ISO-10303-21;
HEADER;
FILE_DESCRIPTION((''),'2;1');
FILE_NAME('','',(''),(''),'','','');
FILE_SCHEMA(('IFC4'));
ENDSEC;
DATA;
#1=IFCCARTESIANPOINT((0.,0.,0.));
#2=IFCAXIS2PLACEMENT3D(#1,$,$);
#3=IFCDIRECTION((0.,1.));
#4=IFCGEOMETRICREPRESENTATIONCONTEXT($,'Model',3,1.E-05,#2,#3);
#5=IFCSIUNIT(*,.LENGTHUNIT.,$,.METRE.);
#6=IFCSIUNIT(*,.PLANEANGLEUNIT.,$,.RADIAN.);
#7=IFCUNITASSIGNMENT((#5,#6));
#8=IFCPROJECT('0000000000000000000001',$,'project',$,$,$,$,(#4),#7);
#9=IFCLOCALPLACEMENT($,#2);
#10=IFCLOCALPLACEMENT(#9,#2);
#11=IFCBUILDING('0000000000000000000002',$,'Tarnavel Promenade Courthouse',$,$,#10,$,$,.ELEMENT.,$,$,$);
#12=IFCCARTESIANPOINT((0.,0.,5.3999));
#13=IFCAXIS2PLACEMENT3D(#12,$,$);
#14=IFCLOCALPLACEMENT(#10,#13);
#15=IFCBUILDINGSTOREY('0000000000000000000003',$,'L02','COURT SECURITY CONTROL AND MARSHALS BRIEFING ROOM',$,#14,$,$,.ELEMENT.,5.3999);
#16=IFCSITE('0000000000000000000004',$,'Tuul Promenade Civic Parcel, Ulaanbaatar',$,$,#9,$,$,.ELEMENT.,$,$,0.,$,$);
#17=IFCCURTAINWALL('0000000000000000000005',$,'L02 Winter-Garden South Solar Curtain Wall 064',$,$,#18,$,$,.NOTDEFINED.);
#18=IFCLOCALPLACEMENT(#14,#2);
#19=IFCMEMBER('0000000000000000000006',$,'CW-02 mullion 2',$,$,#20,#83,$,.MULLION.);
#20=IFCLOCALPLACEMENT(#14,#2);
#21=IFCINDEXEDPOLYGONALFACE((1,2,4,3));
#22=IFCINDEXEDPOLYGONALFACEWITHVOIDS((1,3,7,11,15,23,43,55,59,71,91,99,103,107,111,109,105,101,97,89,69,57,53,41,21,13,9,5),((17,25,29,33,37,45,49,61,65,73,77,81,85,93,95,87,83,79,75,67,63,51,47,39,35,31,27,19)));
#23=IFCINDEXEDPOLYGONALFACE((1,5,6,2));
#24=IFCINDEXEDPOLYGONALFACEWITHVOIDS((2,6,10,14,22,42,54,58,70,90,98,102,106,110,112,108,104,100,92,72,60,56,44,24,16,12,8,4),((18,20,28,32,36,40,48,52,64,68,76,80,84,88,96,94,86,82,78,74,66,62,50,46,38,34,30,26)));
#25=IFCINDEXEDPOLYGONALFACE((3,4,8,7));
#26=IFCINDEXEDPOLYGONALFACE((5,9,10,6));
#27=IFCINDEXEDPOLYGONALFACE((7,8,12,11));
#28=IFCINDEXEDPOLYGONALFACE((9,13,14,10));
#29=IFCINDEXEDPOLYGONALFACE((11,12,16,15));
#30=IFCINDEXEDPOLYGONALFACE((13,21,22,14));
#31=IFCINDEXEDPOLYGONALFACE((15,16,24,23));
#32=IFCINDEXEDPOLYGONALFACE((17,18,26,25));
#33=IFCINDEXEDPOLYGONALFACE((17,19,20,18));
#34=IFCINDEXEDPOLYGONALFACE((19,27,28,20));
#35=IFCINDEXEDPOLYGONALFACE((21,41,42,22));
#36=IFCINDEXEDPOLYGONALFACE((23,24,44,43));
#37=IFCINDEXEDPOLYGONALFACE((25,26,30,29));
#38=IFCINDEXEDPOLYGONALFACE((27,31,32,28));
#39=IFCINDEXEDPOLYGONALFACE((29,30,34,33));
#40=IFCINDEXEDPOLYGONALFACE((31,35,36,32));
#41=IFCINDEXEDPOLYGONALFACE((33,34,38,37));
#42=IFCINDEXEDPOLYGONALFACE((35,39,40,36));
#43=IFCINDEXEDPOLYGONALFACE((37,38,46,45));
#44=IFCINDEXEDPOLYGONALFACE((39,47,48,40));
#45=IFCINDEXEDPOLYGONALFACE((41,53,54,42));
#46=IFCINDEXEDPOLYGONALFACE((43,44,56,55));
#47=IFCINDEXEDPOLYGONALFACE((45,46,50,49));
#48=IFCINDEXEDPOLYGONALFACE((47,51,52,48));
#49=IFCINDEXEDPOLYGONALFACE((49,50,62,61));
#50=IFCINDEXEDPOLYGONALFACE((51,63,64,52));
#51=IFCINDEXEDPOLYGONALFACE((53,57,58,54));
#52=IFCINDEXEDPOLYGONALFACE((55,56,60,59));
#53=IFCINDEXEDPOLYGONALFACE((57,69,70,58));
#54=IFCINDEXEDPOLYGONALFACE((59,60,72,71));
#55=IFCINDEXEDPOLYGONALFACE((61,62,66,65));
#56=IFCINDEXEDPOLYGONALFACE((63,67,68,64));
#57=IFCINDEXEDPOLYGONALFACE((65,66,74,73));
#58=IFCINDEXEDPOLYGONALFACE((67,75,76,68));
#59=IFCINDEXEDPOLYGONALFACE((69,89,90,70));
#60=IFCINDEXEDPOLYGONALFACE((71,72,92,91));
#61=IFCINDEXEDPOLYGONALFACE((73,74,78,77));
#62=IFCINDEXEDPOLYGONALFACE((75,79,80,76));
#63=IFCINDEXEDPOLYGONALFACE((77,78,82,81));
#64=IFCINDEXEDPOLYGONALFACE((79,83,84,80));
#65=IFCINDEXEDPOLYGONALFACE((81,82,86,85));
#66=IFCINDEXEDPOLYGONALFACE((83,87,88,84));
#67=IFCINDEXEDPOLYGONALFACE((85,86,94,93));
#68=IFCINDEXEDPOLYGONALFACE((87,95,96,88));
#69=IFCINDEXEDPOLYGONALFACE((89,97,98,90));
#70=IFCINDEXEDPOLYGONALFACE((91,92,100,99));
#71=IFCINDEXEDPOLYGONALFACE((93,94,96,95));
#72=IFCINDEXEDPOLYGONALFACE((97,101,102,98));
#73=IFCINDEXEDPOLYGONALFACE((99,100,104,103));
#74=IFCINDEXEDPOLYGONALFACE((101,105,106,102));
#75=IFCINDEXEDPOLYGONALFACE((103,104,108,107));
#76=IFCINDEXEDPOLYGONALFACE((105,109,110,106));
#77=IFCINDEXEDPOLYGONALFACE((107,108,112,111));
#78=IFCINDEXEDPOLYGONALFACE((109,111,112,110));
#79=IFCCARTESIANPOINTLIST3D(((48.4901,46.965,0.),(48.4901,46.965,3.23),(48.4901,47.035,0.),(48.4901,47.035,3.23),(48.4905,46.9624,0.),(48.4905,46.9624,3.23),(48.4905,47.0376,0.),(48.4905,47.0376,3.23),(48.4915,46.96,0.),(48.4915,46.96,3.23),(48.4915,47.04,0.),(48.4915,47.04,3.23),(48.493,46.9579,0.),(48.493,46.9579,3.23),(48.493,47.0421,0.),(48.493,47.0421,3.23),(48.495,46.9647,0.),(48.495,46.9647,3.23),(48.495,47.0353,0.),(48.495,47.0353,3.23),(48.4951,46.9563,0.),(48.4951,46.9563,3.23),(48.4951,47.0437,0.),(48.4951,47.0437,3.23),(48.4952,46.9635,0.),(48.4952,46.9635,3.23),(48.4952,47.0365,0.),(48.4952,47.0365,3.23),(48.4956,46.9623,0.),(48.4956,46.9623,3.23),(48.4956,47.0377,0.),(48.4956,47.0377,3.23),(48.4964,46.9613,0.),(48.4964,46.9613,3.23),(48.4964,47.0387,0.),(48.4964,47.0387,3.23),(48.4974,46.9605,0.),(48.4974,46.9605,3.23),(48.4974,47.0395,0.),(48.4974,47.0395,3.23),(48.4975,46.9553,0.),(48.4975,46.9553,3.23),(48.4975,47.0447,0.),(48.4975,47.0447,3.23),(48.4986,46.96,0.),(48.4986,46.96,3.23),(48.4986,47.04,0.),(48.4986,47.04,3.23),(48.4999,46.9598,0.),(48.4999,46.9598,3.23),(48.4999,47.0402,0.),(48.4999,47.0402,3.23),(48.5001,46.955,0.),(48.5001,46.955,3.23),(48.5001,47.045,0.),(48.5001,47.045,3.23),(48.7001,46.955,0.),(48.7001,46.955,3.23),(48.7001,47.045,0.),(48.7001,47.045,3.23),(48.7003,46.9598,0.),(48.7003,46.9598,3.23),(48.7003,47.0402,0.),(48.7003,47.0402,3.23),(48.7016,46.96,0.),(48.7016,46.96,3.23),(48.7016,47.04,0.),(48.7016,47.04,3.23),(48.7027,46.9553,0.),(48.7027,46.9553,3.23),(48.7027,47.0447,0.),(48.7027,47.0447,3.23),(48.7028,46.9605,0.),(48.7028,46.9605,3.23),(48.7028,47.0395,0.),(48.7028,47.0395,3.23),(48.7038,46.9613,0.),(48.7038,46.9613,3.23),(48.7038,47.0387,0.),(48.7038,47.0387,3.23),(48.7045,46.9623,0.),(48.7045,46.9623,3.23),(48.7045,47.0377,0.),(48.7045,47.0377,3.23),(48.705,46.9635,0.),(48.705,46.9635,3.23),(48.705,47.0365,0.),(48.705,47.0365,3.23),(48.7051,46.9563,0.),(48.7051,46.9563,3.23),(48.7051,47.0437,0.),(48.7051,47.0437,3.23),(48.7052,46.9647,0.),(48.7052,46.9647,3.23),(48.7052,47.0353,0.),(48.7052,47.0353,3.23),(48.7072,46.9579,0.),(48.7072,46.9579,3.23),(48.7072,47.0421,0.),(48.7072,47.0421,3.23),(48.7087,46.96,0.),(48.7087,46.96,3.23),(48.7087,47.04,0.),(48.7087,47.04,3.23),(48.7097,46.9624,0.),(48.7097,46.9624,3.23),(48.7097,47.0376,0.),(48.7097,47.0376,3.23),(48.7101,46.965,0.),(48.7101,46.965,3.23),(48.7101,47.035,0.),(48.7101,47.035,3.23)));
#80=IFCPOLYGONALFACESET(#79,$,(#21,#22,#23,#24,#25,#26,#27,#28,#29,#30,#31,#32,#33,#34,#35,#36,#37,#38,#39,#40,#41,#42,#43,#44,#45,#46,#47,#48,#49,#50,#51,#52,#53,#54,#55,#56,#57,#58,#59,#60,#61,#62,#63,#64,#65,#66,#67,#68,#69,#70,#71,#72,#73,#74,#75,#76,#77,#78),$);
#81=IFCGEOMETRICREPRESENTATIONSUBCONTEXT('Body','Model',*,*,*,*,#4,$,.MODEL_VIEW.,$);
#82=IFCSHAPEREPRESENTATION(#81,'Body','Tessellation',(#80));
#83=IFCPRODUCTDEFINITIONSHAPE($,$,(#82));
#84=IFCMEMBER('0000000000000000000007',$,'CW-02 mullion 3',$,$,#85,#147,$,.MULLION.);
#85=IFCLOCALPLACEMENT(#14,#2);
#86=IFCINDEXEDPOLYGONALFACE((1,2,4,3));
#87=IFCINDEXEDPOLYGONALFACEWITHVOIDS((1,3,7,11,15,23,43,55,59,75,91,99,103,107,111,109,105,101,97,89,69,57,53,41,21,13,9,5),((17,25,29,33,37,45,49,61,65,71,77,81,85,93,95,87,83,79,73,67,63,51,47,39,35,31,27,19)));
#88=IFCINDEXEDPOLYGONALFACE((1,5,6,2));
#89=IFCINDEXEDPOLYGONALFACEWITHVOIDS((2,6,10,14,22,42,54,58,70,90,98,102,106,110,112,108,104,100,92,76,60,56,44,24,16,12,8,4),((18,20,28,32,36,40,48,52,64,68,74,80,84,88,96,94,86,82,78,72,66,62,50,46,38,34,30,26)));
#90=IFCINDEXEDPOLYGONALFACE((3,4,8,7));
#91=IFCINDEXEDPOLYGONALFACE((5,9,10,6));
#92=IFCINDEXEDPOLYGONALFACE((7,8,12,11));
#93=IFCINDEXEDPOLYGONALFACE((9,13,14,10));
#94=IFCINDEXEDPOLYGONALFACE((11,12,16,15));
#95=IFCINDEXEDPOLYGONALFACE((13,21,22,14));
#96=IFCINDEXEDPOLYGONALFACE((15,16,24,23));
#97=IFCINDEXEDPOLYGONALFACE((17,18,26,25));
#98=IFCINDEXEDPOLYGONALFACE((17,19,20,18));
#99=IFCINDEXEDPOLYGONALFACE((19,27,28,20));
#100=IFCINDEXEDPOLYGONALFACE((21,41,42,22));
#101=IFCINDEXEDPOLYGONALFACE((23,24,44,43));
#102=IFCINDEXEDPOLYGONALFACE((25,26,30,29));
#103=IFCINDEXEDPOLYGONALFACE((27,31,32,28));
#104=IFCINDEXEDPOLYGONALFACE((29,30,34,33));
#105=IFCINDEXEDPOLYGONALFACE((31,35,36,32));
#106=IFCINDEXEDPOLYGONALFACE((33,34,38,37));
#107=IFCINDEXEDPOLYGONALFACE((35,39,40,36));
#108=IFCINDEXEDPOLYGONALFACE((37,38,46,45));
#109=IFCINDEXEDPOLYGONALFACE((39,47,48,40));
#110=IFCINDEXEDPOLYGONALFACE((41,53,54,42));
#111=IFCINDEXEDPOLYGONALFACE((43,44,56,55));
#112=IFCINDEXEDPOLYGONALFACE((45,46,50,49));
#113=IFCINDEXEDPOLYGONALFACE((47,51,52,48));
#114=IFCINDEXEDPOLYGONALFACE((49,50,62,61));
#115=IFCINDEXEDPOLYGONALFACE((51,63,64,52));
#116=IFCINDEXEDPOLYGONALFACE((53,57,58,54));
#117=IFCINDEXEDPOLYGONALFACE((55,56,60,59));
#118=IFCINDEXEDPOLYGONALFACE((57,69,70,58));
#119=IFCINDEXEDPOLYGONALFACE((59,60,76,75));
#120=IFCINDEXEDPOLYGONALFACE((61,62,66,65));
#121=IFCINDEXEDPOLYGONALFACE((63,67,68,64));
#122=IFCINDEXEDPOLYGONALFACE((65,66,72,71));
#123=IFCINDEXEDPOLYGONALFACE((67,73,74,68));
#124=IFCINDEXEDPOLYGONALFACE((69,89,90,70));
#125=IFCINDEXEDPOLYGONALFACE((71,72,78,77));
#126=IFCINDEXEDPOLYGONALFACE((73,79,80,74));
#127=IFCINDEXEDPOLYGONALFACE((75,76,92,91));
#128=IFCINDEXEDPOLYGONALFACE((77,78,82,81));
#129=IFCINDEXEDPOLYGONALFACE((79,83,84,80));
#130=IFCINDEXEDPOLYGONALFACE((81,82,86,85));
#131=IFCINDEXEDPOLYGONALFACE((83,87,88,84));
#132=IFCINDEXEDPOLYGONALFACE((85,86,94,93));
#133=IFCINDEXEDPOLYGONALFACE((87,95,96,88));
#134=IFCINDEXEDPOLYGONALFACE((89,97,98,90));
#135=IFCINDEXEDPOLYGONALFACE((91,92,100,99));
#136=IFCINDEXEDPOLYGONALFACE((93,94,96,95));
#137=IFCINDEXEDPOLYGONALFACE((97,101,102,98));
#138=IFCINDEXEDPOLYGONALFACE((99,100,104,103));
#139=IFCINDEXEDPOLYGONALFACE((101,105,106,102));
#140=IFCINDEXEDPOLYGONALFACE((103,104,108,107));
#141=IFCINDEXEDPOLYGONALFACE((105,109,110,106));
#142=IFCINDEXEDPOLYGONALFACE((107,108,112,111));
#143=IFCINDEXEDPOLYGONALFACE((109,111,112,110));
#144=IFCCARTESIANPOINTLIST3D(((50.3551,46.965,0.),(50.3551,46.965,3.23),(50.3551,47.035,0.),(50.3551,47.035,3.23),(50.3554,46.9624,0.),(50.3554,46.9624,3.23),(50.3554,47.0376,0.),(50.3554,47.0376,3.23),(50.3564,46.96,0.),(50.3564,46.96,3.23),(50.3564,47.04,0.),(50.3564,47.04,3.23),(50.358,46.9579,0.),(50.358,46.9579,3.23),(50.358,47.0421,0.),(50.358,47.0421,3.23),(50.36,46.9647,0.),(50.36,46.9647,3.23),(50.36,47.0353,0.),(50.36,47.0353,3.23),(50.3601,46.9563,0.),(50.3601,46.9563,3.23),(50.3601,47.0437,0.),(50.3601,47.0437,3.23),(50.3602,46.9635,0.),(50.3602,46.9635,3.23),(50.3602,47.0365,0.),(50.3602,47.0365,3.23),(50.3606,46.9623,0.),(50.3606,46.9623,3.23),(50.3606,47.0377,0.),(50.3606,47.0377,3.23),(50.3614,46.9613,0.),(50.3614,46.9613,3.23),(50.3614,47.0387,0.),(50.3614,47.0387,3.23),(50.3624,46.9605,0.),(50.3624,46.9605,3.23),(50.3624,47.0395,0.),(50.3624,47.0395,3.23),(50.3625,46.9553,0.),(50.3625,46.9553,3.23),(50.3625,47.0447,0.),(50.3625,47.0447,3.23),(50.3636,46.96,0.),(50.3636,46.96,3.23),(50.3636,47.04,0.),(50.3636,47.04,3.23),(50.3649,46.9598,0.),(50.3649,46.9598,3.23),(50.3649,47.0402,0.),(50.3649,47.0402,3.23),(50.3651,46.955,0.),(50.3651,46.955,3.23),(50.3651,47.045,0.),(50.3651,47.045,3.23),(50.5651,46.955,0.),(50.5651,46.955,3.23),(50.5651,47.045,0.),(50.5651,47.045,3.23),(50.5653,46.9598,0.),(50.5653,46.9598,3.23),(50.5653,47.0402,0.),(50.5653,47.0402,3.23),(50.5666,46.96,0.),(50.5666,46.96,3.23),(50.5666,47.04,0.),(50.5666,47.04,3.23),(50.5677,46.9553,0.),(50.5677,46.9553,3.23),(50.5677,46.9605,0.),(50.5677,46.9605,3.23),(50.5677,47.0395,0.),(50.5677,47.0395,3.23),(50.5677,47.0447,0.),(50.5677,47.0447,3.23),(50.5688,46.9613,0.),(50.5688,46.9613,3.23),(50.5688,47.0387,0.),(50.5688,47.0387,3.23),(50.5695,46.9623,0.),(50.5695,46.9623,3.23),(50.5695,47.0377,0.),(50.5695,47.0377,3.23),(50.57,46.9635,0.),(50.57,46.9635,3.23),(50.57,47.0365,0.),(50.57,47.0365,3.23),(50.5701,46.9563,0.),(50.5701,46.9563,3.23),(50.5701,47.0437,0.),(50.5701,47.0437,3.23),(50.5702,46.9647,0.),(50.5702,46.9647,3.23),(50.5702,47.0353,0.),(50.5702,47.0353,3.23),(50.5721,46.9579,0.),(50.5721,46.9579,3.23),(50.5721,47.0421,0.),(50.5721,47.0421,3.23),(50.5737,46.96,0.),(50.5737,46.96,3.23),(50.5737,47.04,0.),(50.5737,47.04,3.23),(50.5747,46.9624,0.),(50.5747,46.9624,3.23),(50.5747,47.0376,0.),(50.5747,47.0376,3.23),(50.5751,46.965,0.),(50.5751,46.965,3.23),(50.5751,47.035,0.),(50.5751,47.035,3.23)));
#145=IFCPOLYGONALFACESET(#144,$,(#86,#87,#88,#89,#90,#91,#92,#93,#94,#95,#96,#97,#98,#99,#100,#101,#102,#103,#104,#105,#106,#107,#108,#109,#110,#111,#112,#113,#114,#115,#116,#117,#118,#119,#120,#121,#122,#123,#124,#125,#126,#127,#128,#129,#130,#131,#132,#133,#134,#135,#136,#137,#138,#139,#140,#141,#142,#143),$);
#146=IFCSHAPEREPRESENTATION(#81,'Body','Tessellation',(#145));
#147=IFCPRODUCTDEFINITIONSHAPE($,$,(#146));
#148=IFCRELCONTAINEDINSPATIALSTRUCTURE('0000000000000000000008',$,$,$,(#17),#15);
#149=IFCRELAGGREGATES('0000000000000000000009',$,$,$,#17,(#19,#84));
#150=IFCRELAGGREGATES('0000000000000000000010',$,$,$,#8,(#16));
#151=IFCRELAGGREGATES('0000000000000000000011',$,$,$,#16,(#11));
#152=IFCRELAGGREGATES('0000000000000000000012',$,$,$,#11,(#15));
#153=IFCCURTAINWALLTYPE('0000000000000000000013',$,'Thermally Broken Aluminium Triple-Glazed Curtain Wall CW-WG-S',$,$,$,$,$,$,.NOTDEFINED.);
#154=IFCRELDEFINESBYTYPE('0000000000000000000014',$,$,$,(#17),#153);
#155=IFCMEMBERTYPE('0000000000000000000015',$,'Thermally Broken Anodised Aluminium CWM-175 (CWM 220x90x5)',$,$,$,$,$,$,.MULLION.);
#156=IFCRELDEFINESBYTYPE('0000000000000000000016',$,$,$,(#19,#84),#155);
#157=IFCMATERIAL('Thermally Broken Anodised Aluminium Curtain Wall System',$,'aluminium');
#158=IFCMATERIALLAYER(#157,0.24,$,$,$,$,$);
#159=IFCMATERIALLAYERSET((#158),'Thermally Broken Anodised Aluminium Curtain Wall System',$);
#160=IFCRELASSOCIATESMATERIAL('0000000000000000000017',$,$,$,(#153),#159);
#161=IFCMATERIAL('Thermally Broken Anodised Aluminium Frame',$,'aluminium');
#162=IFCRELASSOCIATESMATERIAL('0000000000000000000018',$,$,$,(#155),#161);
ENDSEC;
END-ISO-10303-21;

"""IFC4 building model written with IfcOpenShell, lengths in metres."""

from ifc_helpers import new_model, si_unit, direction, frame, origin, origin_2d, place, context, subcontext, project, spatial, hollow_rectangle, extrude, material, layer, layer_set, material_profile, profile_set, type_object, element, aggregate, save


model = new_model("IFC4")

# Units and contexts
model_context = context("Model", 3, precision=1e-05, world=origin(), true_north=direction((0.0, 1.0)))
body_context = subcontext(model_context, "Body", "Model", "MODEL_VIEW")
ifc_project = project(units=[si_unit("LENGTHUNIT", "METRE"), si_unit("PLANEANGLEUNIT", "RADIAN")], contexts=[model_context])

# Site, building, storey
site_placement = place(None, origin())
site = spatial("IfcSite", under=ifc_project, at=site_placement, Name="Tuul Promenade Civic Parcel, Ulaanbaatar", CompositionType="ELEMENT", RefElevation=0.0)
building_placement = place(site_placement, origin())
building = spatial("IfcBuilding", under=site, at=building_placement, Name="Tarnavel Promenade Courthouse", CompositionType="ELEMENT")
storey_placement = place(building_placement, frame((0.0, 0.0, 5.3999)))
storey = spatial("IfcBuildingStorey", under=building, at=storey_placement, Name="L02", Description="COURT SECURITY CONTROL AND MARSHALS BRIEFING ROOM", CompositionType="ELEMENT", Elevation=5.3999)

# Curtain wall, members
ifc_material_1 = material(Name="Thermally Broken Anodised Aluminium Curtain Wall System", Category="aluminium")
ifc_layer_1 = layer(ifc_material_1, 0.24)
ifc_layer_set_1 = layer_set([ifc_layer_1], Name="Thermally Broken Anodised Aluminium Curtain Wall System")
curtain_wall_type = type_object("IfcCurtainWallType", Name="Thermally Broken Aluminium Triple-Glazed Curtain Wall CW-WG-S", PredefinedType="NOTDEFINED", material=ifc_layer_set_1)
ifc_material_2 = material(Name="Thermally Broken Anodised Aluminium Frame", Category="aluminium")
ifc_material_profile_1 = material_profile(ifc_material_2, hollow_rectangle(XDim=0.0901, YDim=0.22, WallThickness=0.0049, InnerFilletRadius=0.0049, OuterFilletRadius=0.01, at=origin_2d()), Name="CWM 220x90x5")
ifc_profile_set_1 = profile_set([ifc_material_profile_1], Name="Thermally Broken Anodised Aluminium Frame")
member_type_1 = type_object("IfcMemberType", Name="Thermally Broken Anodised Aluminium CWM-175 (CWM 220x90x5)", PredefinedType="MULLION", material=ifc_profile_set_1)
curtain_wall_1_placement = place(storey_placement, origin())
curtain_wall_1 = element("IfcCurtainWall", 1, at=curtain_wall_1_placement, inside=storey, type_object=curtain_wall_type, Name="L02 Winter-Garden South Solar Curtain Wall 064", PredefinedType="NOTDEFINED")
member_1_placement = place(storey_placement, frame((48.6001, 47.0, 0.0), z_axis=(0.0, 0.0, 1.0), x_axis=(0.0, 1.0, 0.0)))
member_1 = element("IfcMember", 2, at=member_1_placement, type_object=member_type_1, Name="CW-02 mullion 2", PredefinedType="MULLION", context=body_context, shape_type="SweptSolid", body=[
    extrude(hollow_rectangle(XDim=0.0901, YDim=0.22, WallThickness=0.0049, InnerFilletRadius=0.0049, OuterFilletRadius=0.01, at=origin_2d()), origin(), (0.0, 0.0, 1.0), 3.23),
])
member_2_placement = place(storey_placement, frame((50.4651, 47.0, 0.0), z_axis=(0.0, 0.0, 1.0), x_axis=(0.0, 1.0, 0.0)))
member_2 = element("IfcMember", 3, at=member_2_placement, type_object=member_type_1, Name="CW-02 mullion 3", PredefinedType="MULLION", context=body_context, shape_type="SweptSolid", body=[
    extrude(hollow_rectangle(XDim=0.0901, YDim=0.22, WallThickness=0.0049, InnerFilletRadius=0.0049, OuterFilletRadius=0.01, at=origin_2d()), origin(), (0.0, 0.0, 1.0), 3.23),
])

aggregate(curtain_wall_1, [member_1, member_2])

save(model, "model.ifc")
